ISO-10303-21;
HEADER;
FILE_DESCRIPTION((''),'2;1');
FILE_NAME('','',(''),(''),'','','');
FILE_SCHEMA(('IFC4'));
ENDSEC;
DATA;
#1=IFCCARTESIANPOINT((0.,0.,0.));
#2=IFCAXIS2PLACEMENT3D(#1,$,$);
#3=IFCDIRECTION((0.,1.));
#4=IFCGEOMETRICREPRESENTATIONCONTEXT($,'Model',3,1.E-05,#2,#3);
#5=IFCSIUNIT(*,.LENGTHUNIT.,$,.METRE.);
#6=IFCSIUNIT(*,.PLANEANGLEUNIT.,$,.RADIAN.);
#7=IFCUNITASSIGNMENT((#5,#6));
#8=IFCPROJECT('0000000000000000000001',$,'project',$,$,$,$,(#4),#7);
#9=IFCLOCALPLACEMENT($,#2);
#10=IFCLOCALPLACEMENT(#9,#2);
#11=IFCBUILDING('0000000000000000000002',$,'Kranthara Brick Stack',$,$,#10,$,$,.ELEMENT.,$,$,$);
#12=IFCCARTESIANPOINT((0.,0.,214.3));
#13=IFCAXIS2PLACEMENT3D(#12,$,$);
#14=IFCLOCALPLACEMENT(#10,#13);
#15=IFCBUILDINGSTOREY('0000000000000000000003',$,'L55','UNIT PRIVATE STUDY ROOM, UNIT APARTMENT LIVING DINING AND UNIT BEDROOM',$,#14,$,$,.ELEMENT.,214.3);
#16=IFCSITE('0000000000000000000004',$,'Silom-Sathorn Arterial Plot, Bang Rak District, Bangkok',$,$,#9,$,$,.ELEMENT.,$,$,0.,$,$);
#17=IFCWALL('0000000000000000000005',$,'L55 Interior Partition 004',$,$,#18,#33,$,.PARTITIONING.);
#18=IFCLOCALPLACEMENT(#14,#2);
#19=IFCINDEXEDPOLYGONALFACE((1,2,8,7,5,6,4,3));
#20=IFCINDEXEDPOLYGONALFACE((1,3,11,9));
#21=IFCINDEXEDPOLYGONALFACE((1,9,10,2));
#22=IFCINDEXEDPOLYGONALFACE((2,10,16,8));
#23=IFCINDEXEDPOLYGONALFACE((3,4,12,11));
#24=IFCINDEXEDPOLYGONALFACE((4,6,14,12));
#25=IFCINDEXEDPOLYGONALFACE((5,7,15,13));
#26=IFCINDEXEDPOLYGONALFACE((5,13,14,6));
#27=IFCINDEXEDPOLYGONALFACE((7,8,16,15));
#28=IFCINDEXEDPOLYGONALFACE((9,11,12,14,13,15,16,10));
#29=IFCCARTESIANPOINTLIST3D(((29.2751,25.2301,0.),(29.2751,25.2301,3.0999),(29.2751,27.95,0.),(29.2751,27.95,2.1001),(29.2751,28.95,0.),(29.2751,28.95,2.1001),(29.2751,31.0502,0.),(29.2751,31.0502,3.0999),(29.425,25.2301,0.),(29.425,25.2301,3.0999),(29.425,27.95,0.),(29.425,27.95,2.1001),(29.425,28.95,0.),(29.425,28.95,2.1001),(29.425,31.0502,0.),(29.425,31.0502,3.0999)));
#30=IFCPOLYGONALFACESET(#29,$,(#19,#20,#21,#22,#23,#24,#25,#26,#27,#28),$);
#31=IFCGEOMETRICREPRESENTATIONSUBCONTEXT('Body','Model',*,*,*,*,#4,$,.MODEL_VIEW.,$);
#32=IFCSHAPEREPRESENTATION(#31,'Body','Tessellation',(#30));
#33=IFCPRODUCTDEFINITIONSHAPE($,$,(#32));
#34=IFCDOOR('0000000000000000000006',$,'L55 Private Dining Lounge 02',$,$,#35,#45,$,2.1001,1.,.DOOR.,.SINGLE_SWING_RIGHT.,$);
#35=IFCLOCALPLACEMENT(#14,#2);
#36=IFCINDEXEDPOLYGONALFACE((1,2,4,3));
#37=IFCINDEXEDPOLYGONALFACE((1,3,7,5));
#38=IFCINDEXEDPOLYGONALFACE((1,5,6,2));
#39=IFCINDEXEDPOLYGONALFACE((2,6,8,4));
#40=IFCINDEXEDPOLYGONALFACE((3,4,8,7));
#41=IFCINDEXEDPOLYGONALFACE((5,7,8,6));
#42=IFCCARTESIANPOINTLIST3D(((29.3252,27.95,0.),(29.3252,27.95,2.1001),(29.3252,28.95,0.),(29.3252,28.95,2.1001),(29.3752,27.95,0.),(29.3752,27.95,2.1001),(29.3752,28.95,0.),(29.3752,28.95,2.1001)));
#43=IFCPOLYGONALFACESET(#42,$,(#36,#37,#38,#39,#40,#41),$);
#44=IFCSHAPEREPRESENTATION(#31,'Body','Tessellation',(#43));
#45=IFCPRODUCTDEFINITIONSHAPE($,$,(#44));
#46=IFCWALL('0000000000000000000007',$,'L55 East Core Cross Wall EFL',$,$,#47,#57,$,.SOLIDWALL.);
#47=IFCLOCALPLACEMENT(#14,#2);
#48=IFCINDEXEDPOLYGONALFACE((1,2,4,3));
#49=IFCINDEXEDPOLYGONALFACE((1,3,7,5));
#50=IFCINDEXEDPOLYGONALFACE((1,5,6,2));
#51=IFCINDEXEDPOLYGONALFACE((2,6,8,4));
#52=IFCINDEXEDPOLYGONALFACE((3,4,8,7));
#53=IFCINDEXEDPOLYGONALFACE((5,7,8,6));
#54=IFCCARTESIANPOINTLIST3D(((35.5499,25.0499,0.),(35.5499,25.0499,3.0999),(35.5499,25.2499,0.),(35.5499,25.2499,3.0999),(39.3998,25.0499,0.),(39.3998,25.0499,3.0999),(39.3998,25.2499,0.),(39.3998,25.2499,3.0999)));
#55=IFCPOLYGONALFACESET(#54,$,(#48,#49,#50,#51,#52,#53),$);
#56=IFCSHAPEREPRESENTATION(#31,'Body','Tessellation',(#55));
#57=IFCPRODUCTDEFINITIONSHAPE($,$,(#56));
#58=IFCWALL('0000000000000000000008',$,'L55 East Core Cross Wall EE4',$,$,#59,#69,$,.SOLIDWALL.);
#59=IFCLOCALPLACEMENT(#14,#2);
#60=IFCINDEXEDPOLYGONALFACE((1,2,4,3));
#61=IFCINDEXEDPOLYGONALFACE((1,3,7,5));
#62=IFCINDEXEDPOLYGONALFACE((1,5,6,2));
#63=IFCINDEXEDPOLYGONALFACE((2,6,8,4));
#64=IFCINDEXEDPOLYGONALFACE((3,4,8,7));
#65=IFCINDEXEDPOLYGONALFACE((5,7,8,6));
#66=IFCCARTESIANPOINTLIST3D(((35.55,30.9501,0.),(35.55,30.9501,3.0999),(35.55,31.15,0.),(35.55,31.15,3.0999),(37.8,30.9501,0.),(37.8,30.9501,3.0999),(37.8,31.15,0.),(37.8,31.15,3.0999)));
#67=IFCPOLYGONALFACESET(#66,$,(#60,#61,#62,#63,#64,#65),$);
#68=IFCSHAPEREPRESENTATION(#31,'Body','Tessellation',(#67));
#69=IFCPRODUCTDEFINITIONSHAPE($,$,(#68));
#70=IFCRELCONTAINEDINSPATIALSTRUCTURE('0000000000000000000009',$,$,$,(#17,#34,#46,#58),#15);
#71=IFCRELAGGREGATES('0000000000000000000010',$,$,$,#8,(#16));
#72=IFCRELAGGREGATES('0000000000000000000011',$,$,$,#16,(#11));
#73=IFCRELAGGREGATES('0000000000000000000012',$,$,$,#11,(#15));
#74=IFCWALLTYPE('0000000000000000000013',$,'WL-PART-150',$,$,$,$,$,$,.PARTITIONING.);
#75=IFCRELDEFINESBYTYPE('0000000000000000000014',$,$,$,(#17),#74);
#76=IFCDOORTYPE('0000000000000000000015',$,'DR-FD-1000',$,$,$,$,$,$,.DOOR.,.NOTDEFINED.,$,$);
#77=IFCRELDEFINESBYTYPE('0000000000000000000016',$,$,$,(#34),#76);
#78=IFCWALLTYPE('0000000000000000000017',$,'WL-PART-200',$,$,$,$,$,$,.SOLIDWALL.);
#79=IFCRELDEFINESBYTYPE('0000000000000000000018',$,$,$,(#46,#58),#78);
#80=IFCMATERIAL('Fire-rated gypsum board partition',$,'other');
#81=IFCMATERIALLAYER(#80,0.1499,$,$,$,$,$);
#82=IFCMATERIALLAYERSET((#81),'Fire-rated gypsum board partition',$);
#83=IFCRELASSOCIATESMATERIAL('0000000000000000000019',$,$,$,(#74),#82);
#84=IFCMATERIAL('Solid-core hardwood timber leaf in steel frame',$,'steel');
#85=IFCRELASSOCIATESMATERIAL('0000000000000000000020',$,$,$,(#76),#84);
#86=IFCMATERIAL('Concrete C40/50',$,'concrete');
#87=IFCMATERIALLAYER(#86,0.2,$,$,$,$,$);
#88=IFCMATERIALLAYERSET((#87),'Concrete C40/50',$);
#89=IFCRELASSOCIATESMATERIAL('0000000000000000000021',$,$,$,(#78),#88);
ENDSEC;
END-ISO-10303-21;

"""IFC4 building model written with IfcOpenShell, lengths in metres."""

from ifc_helpers import new_model, si_unit, direction, frame, frame_2d, origin, place, context, subcontext, project, spatial, rectangle, extrude, material, layer, layer_set, type_object, element, fill, save


model = new_model("IFC4")

# Units and contexts
model_context = context("Model", 3, precision=1e-05, world=origin(), true_north=direction((0.0, 1.0)))
body_context = subcontext(model_context, "Body", "Model", "MODEL_VIEW")
ifc_project = project(units=[si_unit("LENGTHUNIT", "METRE"), si_unit("PLANEANGLEUNIT", "RADIAN")], contexts=[model_context])

# Site, building, storey
site_placement = place(None, origin())
site = spatial("IfcSite", under=ifc_project, at=site_placement, Name="Silom-Sathorn Arterial Plot, Bang Rak District, Bangkok", CompositionType="ELEMENT", RefElevation=0.0)
building_placement = place(site_placement, origin())
building = spatial("IfcBuilding", under=site, at=building_placement, Name="Kranthara Brick Stack", CompositionType="ELEMENT")
storey_placement = place(building_placement, frame((0.0, 0.0, 214.3)))
storey = spatial("IfcBuildingStorey", under=building, at=storey_placement, Name="L55", Description="UNIT PRIVATE STUDY ROOM, UNIT APARTMENT LIVING DINING AND UNIT BEDROOM", CompositionType="ELEMENT", Elevation=214.3)

# Wall, opening, door
ifc_material_1 = material(Name="Fire-rated gypsum board partition", Category="other")
ifc_layer_1 = layer(ifc_material_1, 0.1499)
ifc_layer_set_1 = layer_set([ifc_layer_1], Name="Fire-rated gypsum board partition")
wall_type_1 = type_object("IfcWallType", Name="WL-PART-150", PredefinedType="PARTITIONING", material=ifc_layer_set_1)
ifc_material_2 = material(Name="Solid-core hardwood timber leaf in steel frame", Category="steel")
door_type_1 = type_object("IfcDoorType", Name="DR-FD-1000", OperationType="NOTDEFINED", PredefinedType="DOOR", material=ifc_material_2)
wall_1_placement = place(storey_placement, frame((29.3501, 25.23, 0.0), z_axis=(0.0, 0.0, 1.0), x_axis=(0.0, 1.0, 0.0)))
wall_1 = element("IfcWall", 1, at=wall_1_placement, inside=storey, type_object=wall_type_1, Name="L55 Interior Partition 004", PredefinedType="PARTITIONING", context=body_context, shape_type="SweptSolid", body=[
    extrude(rectangle(XDim=5.8201, YDim=0.1499, at=frame_2d((2.9102, 0.0))), origin(), (0.0, 0.0, 1.0), 3.0999),
])
opening_1_placement = place(wall_1_placement, frame((2.72, 0.0, 0.0)))
opening_1 = element("IfcOpeningElement", 2, at=opening_1_placement, cuts=wall_1, PredefinedType="OPENING", context=body_context, shape_type="SweptSolid", body=[
    extrude(rectangle(XDim=1.0, YDim=2.1001, at=frame_2d((0.5, 1.05))), frame((0.0, 0.085, 0.0), z_axis=(0.0, -1.0, 0.0), x_axis=(1.0, 0.0, 0.0)), (0.0, 0.0, 1.0), 0.1699),
])
door_1_placement = place(opening_1_placement, origin())
door_1 = element("IfcDoor", 3, at=door_1_placement, inside=storey, type_object=door_type_1, Name="L55 Private Dining Lounge 02", OperationType="SINGLE_SWING_RIGHT", OverallHeight=2.1001, OverallWidth=1.0, PredefinedType="DOOR", context=body_context, shape_type="SweptSolid", body=[
    extrude(rectangle(XDim=1.0, YDim=2.1001, at=frame_2d((0.5, 1.05))), frame((0.0, 0.0249, 0.0), z_axis=(0.0, -1.0, 0.0), x_axis=(1.0, 0.0, 0.0)), (0.0, 0.0, 1.0), 0.05),
])
fill(opening_1, door_1)

# Walls
ifc_material_3 = material(Name="Concrete C40/50", Category="concrete")
ifc_layer_2 = layer(ifc_material_3, 0.2)
ifc_layer_set_2 = layer_set([ifc_layer_2], Name="Concrete C40/50")
wall_type_2 = type_object("IfcWallType", Name="WL-PART-200", PredefinedType="SOLIDWALL", material=ifc_layer_set_2)
wall_2_placement = place(storey_placement, frame((35.55, 25.1499, 0.0), z_axis=(0.0, 0.0, 1.0), x_axis=(1.0, 0.0, 0.0)))
element("IfcWall", 4, at=wall_2_placement, inside=storey, type_object=wall_type_2, Name="L55 East Core Cross Wall EFL", PredefinedType="SOLIDWALL", context=body_context, shape_type="SweptSolid", body=[
    extrude(rectangle(XDim=3.8499, YDim=0.2, at=frame_2d((1.9248, 0.0))), origin(), (0.0, 0.0, 1.0), 3.0999),
])
wall_3_placement = place(storey_placement, frame((35.55, 31.05, 0.0), z_axis=(0.0, 0.0, 1.0), x_axis=(1.0, 0.0, 0.0)))
element("IfcWall", 5, at=wall_3_placement, inside=storey, type_object=wall_type_2, Name="L55 East Core Cross Wall EE4", PredefinedType="SOLIDWALL", context=body_context, shape_type="SweptSolid", body=[
    extrude(rectangle(XDim=2.25, YDim=0.2, at=frame_2d((1.125, 0.0))), origin(), (0.0, 0.0, 1.0), 3.0999),
])

save(model, "model.ifc")
